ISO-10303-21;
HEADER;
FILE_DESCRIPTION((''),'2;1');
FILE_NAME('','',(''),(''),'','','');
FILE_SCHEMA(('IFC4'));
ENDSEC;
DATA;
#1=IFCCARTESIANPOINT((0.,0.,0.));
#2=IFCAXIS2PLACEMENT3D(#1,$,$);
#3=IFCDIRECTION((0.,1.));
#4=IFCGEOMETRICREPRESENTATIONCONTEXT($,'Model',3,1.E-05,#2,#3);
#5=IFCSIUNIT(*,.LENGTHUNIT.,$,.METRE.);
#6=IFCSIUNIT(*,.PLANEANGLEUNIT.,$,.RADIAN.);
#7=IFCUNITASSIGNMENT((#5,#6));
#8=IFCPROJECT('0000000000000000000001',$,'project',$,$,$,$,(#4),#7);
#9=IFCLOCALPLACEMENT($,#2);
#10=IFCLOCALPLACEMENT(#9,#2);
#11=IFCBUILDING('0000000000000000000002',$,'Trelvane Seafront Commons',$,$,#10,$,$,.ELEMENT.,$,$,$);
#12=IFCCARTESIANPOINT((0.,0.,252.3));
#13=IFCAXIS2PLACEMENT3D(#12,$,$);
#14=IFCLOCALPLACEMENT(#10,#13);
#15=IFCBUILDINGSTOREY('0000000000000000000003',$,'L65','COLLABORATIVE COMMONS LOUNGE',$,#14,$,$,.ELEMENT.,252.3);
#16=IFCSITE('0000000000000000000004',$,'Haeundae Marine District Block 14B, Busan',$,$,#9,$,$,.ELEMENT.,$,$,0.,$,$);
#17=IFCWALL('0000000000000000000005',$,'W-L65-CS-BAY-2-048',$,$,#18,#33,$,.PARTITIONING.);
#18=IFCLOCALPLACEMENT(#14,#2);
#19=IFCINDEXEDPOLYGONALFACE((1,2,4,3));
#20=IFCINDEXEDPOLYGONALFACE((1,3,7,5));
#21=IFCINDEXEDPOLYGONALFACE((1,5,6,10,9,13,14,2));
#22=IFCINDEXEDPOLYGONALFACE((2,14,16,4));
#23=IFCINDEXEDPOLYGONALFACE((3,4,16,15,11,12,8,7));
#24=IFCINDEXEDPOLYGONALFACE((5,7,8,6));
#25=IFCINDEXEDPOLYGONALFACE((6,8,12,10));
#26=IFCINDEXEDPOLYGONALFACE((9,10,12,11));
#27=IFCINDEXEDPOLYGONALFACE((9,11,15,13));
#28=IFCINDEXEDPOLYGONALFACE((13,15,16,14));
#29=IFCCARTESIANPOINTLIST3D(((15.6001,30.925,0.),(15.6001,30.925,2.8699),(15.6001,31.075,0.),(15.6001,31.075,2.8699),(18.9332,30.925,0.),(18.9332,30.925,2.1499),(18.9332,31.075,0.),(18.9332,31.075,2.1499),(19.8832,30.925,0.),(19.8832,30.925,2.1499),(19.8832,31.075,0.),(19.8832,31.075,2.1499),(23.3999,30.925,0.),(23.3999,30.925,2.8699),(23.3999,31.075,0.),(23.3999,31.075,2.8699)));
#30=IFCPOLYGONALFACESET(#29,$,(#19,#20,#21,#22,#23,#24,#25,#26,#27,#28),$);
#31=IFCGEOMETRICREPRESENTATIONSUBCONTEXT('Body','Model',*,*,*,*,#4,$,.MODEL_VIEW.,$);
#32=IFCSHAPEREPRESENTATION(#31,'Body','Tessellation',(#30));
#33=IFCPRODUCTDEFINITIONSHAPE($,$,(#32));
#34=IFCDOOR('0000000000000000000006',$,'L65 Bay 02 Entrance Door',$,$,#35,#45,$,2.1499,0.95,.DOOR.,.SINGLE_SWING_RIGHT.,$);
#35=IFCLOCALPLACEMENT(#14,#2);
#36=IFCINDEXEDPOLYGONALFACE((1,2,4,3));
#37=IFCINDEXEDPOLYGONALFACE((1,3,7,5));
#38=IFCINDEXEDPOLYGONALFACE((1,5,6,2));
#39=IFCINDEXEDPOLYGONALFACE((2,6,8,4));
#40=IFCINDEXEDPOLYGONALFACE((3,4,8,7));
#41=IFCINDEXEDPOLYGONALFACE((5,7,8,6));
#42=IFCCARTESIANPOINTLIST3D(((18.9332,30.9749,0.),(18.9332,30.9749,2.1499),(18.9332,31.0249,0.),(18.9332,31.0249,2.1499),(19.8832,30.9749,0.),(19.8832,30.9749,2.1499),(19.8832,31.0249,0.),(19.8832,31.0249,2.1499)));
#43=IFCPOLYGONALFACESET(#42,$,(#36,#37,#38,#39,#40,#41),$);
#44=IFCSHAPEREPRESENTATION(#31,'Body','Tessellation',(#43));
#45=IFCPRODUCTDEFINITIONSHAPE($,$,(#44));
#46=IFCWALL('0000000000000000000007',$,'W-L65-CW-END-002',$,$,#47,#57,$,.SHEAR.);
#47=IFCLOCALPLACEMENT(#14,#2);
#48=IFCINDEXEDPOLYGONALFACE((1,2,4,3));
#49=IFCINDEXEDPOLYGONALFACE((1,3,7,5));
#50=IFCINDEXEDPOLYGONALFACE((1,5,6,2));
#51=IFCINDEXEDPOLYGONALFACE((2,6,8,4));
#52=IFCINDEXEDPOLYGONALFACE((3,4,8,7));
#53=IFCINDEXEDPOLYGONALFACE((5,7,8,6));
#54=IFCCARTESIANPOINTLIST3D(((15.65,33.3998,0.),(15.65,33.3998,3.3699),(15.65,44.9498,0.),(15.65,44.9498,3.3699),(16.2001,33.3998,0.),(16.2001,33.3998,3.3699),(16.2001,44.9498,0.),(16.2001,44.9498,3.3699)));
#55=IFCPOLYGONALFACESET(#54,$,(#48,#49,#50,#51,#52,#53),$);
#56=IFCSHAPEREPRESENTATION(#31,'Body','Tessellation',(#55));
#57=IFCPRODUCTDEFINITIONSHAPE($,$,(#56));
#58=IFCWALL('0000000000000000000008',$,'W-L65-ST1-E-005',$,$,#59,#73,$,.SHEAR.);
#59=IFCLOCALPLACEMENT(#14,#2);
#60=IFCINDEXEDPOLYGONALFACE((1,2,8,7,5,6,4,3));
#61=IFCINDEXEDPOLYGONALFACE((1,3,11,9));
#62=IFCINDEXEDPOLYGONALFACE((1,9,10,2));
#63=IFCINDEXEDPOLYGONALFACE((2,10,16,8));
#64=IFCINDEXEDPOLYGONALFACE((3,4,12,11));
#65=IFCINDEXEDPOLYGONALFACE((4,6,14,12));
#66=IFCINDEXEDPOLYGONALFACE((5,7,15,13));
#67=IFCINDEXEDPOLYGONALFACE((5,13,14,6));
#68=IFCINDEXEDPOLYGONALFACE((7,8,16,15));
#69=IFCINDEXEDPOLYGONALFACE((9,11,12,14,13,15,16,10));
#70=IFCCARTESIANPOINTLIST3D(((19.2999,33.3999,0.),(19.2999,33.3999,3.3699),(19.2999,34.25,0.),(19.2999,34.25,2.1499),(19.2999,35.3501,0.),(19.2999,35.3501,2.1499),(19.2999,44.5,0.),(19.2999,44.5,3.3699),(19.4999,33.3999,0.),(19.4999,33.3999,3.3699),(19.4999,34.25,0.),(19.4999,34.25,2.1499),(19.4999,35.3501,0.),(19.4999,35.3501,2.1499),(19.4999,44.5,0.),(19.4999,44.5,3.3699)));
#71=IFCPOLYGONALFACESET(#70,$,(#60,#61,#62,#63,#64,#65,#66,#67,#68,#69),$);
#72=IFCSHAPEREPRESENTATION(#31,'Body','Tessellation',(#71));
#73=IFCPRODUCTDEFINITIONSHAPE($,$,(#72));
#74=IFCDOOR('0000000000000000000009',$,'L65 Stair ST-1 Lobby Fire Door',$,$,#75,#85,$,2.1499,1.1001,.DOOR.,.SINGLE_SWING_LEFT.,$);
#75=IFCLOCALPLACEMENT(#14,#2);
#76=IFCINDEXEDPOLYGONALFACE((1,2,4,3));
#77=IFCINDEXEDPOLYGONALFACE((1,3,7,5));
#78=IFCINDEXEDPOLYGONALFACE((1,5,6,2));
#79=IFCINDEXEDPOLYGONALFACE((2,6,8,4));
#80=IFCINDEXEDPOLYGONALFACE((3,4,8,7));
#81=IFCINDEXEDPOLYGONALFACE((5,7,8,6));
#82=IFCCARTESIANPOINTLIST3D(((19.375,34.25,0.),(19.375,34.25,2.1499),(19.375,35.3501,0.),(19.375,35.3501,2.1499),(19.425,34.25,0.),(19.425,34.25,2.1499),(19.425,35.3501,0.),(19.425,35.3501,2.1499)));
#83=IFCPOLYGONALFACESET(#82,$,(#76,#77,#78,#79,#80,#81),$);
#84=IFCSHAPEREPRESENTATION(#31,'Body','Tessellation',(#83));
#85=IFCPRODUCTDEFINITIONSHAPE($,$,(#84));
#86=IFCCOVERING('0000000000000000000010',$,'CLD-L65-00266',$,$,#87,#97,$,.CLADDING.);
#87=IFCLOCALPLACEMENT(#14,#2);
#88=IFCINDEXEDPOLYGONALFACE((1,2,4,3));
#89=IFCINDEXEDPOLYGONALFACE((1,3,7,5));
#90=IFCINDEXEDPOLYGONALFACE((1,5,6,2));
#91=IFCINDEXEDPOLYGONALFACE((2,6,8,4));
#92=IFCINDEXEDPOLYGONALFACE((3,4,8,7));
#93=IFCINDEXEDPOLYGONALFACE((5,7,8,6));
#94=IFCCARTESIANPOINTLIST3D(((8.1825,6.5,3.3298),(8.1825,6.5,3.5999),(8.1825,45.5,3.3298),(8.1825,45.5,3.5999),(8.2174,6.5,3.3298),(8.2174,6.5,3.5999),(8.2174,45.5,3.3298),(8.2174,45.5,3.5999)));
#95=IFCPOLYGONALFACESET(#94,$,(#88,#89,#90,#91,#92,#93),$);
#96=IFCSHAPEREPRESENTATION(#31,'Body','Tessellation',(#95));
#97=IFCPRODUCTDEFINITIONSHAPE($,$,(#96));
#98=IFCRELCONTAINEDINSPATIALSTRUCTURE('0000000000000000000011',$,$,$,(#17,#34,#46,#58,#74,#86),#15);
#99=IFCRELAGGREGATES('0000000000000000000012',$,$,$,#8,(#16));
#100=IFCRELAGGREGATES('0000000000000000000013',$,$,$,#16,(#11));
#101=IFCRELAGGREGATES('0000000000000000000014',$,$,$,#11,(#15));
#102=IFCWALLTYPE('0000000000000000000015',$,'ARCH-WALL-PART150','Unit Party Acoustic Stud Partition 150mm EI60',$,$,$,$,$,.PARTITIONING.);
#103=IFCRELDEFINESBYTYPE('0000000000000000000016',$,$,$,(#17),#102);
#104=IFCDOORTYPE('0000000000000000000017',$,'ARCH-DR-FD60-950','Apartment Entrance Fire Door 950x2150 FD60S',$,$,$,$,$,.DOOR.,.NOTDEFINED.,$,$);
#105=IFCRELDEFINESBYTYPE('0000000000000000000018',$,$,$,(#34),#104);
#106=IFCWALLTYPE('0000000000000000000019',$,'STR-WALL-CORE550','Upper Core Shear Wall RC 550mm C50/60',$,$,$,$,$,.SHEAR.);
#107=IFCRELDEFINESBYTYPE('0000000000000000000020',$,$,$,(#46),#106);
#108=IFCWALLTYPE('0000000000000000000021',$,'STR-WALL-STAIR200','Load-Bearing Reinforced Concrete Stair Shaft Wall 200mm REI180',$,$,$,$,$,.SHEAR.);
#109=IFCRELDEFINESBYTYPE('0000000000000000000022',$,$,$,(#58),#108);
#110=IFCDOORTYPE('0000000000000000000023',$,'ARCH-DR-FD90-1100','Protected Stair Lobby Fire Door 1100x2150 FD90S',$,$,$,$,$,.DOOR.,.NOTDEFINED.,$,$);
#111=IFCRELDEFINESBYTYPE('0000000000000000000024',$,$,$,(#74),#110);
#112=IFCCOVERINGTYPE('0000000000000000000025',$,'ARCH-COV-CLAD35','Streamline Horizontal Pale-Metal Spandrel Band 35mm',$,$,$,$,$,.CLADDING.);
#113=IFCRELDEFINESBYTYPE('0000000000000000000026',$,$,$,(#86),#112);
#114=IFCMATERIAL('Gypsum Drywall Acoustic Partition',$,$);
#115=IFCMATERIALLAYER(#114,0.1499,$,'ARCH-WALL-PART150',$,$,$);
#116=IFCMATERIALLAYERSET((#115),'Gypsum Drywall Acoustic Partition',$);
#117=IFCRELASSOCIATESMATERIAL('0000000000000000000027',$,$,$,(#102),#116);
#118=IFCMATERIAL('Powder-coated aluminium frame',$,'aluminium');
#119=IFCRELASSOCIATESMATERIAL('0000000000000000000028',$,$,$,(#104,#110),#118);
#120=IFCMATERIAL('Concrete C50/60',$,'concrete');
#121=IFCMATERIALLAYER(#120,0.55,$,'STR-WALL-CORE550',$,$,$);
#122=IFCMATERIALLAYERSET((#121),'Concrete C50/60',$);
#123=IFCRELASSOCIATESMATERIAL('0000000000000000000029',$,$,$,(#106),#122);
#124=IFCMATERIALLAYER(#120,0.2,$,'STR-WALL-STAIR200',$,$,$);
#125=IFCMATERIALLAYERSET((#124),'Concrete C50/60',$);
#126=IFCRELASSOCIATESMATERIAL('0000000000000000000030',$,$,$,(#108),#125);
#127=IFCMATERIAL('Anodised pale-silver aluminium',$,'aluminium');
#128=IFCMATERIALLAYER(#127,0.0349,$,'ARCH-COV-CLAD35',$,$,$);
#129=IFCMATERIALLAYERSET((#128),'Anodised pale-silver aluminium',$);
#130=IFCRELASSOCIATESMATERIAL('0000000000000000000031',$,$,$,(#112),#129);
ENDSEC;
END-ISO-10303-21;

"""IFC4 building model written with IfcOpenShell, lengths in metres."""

from ifc_helpers import new_model, si_unit, direction, frame, frame_2d, origin, origin_2d, place, context, subcontext, project, spatial, rectangle, extrude, source, transform, mapped, material, layer, layer_set, type_object, element, fill, save


model = new_model("IFC4")

# Units and contexts
model_context = context("Model", 3, precision=1e-05, world=origin(), true_north=direction((0.0, 1.0)))
body_context = subcontext(model_context, "Body", "Model", "MODEL_VIEW")
ifc_project = project(units=[si_unit("LENGTHUNIT", "METRE"), si_unit("PLANEANGLEUNIT", "RADIAN")], contexts=[model_context])

# Site, building, storey
site_placement = place(None, origin())
site = spatial("IfcSite", under=ifc_project, at=site_placement, Name="Haeundae Marine District Block 14B, Busan", CompositionType="ELEMENT", RefElevation=0.0)
building_placement = place(site_placement, origin())
building = spatial("IfcBuilding", under=site, at=building_placement, Name="Trelvane Seafront Commons", CompositionType="ELEMENT")
storey_placement = place(building_placement, frame((0.0, 0.0, 252.3)))
storey = spatial("IfcBuildingStorey", under=building, at=storey_placement, Name="L65", Description="COLLABORATIVE COMMONS LOUNGE", CompositionType="ELEMENT", Elevation=252.3)

# Shared definitions
ifc_material_1 = material(Name="Concrete C50/60", Category="concrete")

# Wall, opening, door
ifc_material_2 = material(Name="Gypsum Drywall Acoustic Partition")
shared_shape_1 = source(origin(), body_context, "Body", "SweptSolid", [
    extrude(rectangle(XDim=0.95, YDim=2.1499, at=frame_2d((0.4751, 1.075))), frame((0.0, 0.0249, 0.0), z_axis=(0.0, -1.0, 0.0), x_axis=(1.0, 0.0, 0.0)), (0.0, 0.0, 1.0), 0.05),
])
ifc_layer_1 = layer(ifc_material_2, 0.1499, Name="ARCH-WALL-PART150")
ifc_layer_set_1 = layer_set([ifc_layer_1], Name="Gypsum Drywall Acoustic Partition")
wall_type_1 = type_object("IfcWallType", Name="ARCH-WALL-PART150", Description="Unit Party Acoustic Stud Partition 150mm EI60", PredefinedType="PARTITIONING", material=ifc_layer_set_1)
ifc_material_3 = material(Name="Powder-coated aluminium frame", Category="aluminium")
door_type_1 = type_object("IfcDoorType", Name="ARCH-DR-FD60-950", Description="Apartment Entrance Fire Door 950x2150 FD60S", OperationType="NOTDEFINED", PredefinedType="DOOR", material=ifc_material_3)
wall_1_placement = place(storey_placement, frame((15.6001, 31.0, 0.0), z_axis=(0.0, 0.0, 1.0), x_axis=(1.0, 0.0, 0.0)))
wall_1 = element("IfcWall", 1, at=wall_1_placement, inside=storey, type_object=wall_type_1, Name="W-L65-CS-BAY-2-048", PredefinedType="PARTITIONING", context=body_context, shape_type="SweptSolid", body=[
    extrude(rectangle(XDim=7.7998, YDim=0.1499, at=frame_2d((3.8999, 0.0))), origin(), (0.0, 0.0, 1.0), 2.8699),
])
opening_1_placement = place(wall_1_placement, frame((3.333, 0.0, 0.0)))
opening_1 = element("IfcOpeningElement", 2, at=opening_1_placement, cuts=wall_1, PredefinedType="OPENING", context=body_context, shape_type="SweptSolid", body=[
    extrude(rectangle(XDim=0.95, YDim=2.1499, at=frame_2d((0.4751, 1.075))), frame((0.0, 0.085, 0.0), z_axis=(0.0, -1.0, 0.0), x_axis=(1.0, 0.0, 0.0)), (0.0, 0.0, 1.0), 0.1699),
])
door_1_placement = place(opening_1_placement, origin())
door_1 = element("IfcDoor", 3, at=door_1_placement, inside=storey, type_object=door_type_1, Name="L65 Bay 02 Entrance Door", OperationType="SINGLE_SWING_RIGHT", OverallHeight=2.1499, OverallWidth=0.95, PredefinedType="DOOR", context=body_context, shape_type="MappedRepresentation", body=[
    mapped(shared_shape_1, transform((0.0, 0.0, 0.0), x_axis=(1.0, 0.0, 0.0), y_axis=(0.0, 1.0, 0.0), z_axis=(0.0, 0.0, 1.0), scale=1.0)),
])
fill(opening_1, door_1)

# Wall
ifc_layer_2 = layer(ifc_material_1, 0.55, Name="STR-WALL-CORE550")
ifc_layer_set_2 = layer_set([ifc_layer_2], Name="Concrete C50/60")
wall_type_2 = type_object("IfcWallType", Name="STR-WALL-CORE550", Description="Upper Core Shear Wall RC 550mm C50/60", PredefinedType="SHEAR", material=ifc_layer_set_2)
wall_2_placement = place(storey_placement, frame((15.925, 33.3999, 0.0), z_axis=(0.0, 0.0, 1.0), x_axis=(0.0, 1.0, 0.0)))
element("IfcWall", 4, at=wall_2_placement, inside=storey, type_object=wall_type_2, Name="W-L65-CW-END-002", PredefinedType="SHEAR", context=body_context, shape_type="SweptSolid", body=[
    extrude(rectangle(XDim=11.55, YDim=0.55, at=frame_2d((5.7749, 0.0))), origin(), (0.0, 0.0, 1.0), 3.3699),
])

# Wall, opening, door
ifc_layer_3 = layer(ifc_material_1, 0.2, Name="STR-WALL-STAIR200")
ifc_layer_set_3 = layer_set([ifc_layer_3], Name="Concrete C50/60")
wall_type_3 = type_object("IfcWallType", Name="STR-WALL-STAIR200", Description="Load-Bearing Reinforced Concrete Stair Shaft Wall 200mm REI180", PredefinedType="SHEAR", material=ifc_layer_set_3)
wall_3_placement = place(storey_placement, frame((19.3999, 33.3999, 0.0), z_axis=(0.0, 0.0, 1.0), x_axis=(0.0, 1.0, 0.0)))
wall_3 = element("IfcWall", 5, at=wall_3_placement, inside=storey, type_object=wall_type_3, Name="W-L65-ST1-E-005", PredefinedType="SHEAR", context=body_context, shape_type="SweptSolid", body=[
    extrude(rectangle(XDim=11.1001, YDim=0.2, at=frame_2d((5.55, 0.0))), origin(), (0.0, 0.0, 1.0), 3.3699),
])
opening_2_placement = place(wall_3_placement, frame((0.8501, 0.0, 0.0)))
opening_2 = element("IfcOpeningElement", 6, at=opening_2_placement, cuts=wall_3, PredefinedType="OPENING", context=body_context, shape_type="SweptSolid", body=[
    extrude(rectangle(XDim=1.1001, YDim=2.1499, at=frame_2d((0.55, 1.075))), frame((0.0, 0.1099, 0.0), z_axis=(0.0, -1.0, 0.0), x_axis=(1.0, 0.0, 0.0)), (0.0, 0.0, 1.0), 0.22),
])
door_type_2 = type_object("IfcDoorType", Name="ARCH-DR-FD90-1100", Description="Protected Stair Lobby Fire Door 1100x2150 FD90S", OperationType="NOTDEFINED", PredefinedType="DOOR", material=ifc_material_3)
shared_shape_2 = source(origin(), body_context, "Body", "SweptSolid", [
    extrude(rectangle(XDim=1.1001, YDim=2.1499, at=frame_2d((0.55, 1.075))), frame((0.0, 0.0249, 0.0), z_axis=(0.0, -1.0, 0.0), x_axis=(1.0, 0.0, 0.0)), (0.0, 0.0, 1.0), 0.05),
])
door_2_placement = place(opening_2_placement, origin())
door_2 = element("IfcDoor", 7, at=door_2_placement, inside=storey, type_object=door_type_2, Name="L65 Stair ST-1 Lobby Fire Door", OperationType="SINGLE_SWING_LEFT", OverallHeight=2.1499, OverallWidth=1.1001, PredefinedType="DOOR", context=body_context, shape_type="MappedRepresentation", body=[
    mapped(shared_shape_2, transform((0.0, 0.0, 0.0), x_axis=(1.0, 0.0, 0.0), y_axis=(0.0, 1.0, 0.0), z_axis=(0.0, 0.0, 1.0), scale=1.0)),
])
fill(opening_2, door_2)

# Covering
ifc_material_4 = material(Name="Anodised pale-silver aluminium", Category="aluminium")
ifc_layer_4 = layer(ifc_material_4, 0.0349, Name="ARCH-COV-CLAD35")
ifc_layer_set_4 = layer_set([ifc_layer_4], Name="Anodised pale-silver aluminium")
covering_type = type_object("IfcCoveringType", Name="ARCH-COV-CLAD35", Description="Streamline Horizontal Pale-Metal Spandrel Band 35mm", PredefinedType="CLADDING", material=ifc_layer_set_4)
shared_shape_3 = source(origin(), body_context, "Body", "SweptSolid", [
    extrude(rectangle(XDim=39.0, YDim=0.0349, at=origin_2d()), origin(), (0.0, 0.0, 1.0), 0.27),
])
covering_placement = place(storey_placement, frame((8.2, 26.0, 3.3298), z_axis=(0.0, 0.0, 1.0), x_axis=(0.0, 1.0, 0.0)))
element("IfcCovering", 8, at=covering_placement, inside=storey, type_object=covering_type, Name="CLD-L65-00266", PredefinedType="CLADDING", context=body_context, shape_type="MappedRepresentation", body=[
    mapped(shared_shape_3, transform((0.0, 0.0, 0.0), x_axis=(1.0, 0.0, 0.0), y_axis=(0.0, 1.0, 0.0), z_axis=(0.0, 0.0, 1.0), scale=1.0)),
])

save(model, "model.ifc")
